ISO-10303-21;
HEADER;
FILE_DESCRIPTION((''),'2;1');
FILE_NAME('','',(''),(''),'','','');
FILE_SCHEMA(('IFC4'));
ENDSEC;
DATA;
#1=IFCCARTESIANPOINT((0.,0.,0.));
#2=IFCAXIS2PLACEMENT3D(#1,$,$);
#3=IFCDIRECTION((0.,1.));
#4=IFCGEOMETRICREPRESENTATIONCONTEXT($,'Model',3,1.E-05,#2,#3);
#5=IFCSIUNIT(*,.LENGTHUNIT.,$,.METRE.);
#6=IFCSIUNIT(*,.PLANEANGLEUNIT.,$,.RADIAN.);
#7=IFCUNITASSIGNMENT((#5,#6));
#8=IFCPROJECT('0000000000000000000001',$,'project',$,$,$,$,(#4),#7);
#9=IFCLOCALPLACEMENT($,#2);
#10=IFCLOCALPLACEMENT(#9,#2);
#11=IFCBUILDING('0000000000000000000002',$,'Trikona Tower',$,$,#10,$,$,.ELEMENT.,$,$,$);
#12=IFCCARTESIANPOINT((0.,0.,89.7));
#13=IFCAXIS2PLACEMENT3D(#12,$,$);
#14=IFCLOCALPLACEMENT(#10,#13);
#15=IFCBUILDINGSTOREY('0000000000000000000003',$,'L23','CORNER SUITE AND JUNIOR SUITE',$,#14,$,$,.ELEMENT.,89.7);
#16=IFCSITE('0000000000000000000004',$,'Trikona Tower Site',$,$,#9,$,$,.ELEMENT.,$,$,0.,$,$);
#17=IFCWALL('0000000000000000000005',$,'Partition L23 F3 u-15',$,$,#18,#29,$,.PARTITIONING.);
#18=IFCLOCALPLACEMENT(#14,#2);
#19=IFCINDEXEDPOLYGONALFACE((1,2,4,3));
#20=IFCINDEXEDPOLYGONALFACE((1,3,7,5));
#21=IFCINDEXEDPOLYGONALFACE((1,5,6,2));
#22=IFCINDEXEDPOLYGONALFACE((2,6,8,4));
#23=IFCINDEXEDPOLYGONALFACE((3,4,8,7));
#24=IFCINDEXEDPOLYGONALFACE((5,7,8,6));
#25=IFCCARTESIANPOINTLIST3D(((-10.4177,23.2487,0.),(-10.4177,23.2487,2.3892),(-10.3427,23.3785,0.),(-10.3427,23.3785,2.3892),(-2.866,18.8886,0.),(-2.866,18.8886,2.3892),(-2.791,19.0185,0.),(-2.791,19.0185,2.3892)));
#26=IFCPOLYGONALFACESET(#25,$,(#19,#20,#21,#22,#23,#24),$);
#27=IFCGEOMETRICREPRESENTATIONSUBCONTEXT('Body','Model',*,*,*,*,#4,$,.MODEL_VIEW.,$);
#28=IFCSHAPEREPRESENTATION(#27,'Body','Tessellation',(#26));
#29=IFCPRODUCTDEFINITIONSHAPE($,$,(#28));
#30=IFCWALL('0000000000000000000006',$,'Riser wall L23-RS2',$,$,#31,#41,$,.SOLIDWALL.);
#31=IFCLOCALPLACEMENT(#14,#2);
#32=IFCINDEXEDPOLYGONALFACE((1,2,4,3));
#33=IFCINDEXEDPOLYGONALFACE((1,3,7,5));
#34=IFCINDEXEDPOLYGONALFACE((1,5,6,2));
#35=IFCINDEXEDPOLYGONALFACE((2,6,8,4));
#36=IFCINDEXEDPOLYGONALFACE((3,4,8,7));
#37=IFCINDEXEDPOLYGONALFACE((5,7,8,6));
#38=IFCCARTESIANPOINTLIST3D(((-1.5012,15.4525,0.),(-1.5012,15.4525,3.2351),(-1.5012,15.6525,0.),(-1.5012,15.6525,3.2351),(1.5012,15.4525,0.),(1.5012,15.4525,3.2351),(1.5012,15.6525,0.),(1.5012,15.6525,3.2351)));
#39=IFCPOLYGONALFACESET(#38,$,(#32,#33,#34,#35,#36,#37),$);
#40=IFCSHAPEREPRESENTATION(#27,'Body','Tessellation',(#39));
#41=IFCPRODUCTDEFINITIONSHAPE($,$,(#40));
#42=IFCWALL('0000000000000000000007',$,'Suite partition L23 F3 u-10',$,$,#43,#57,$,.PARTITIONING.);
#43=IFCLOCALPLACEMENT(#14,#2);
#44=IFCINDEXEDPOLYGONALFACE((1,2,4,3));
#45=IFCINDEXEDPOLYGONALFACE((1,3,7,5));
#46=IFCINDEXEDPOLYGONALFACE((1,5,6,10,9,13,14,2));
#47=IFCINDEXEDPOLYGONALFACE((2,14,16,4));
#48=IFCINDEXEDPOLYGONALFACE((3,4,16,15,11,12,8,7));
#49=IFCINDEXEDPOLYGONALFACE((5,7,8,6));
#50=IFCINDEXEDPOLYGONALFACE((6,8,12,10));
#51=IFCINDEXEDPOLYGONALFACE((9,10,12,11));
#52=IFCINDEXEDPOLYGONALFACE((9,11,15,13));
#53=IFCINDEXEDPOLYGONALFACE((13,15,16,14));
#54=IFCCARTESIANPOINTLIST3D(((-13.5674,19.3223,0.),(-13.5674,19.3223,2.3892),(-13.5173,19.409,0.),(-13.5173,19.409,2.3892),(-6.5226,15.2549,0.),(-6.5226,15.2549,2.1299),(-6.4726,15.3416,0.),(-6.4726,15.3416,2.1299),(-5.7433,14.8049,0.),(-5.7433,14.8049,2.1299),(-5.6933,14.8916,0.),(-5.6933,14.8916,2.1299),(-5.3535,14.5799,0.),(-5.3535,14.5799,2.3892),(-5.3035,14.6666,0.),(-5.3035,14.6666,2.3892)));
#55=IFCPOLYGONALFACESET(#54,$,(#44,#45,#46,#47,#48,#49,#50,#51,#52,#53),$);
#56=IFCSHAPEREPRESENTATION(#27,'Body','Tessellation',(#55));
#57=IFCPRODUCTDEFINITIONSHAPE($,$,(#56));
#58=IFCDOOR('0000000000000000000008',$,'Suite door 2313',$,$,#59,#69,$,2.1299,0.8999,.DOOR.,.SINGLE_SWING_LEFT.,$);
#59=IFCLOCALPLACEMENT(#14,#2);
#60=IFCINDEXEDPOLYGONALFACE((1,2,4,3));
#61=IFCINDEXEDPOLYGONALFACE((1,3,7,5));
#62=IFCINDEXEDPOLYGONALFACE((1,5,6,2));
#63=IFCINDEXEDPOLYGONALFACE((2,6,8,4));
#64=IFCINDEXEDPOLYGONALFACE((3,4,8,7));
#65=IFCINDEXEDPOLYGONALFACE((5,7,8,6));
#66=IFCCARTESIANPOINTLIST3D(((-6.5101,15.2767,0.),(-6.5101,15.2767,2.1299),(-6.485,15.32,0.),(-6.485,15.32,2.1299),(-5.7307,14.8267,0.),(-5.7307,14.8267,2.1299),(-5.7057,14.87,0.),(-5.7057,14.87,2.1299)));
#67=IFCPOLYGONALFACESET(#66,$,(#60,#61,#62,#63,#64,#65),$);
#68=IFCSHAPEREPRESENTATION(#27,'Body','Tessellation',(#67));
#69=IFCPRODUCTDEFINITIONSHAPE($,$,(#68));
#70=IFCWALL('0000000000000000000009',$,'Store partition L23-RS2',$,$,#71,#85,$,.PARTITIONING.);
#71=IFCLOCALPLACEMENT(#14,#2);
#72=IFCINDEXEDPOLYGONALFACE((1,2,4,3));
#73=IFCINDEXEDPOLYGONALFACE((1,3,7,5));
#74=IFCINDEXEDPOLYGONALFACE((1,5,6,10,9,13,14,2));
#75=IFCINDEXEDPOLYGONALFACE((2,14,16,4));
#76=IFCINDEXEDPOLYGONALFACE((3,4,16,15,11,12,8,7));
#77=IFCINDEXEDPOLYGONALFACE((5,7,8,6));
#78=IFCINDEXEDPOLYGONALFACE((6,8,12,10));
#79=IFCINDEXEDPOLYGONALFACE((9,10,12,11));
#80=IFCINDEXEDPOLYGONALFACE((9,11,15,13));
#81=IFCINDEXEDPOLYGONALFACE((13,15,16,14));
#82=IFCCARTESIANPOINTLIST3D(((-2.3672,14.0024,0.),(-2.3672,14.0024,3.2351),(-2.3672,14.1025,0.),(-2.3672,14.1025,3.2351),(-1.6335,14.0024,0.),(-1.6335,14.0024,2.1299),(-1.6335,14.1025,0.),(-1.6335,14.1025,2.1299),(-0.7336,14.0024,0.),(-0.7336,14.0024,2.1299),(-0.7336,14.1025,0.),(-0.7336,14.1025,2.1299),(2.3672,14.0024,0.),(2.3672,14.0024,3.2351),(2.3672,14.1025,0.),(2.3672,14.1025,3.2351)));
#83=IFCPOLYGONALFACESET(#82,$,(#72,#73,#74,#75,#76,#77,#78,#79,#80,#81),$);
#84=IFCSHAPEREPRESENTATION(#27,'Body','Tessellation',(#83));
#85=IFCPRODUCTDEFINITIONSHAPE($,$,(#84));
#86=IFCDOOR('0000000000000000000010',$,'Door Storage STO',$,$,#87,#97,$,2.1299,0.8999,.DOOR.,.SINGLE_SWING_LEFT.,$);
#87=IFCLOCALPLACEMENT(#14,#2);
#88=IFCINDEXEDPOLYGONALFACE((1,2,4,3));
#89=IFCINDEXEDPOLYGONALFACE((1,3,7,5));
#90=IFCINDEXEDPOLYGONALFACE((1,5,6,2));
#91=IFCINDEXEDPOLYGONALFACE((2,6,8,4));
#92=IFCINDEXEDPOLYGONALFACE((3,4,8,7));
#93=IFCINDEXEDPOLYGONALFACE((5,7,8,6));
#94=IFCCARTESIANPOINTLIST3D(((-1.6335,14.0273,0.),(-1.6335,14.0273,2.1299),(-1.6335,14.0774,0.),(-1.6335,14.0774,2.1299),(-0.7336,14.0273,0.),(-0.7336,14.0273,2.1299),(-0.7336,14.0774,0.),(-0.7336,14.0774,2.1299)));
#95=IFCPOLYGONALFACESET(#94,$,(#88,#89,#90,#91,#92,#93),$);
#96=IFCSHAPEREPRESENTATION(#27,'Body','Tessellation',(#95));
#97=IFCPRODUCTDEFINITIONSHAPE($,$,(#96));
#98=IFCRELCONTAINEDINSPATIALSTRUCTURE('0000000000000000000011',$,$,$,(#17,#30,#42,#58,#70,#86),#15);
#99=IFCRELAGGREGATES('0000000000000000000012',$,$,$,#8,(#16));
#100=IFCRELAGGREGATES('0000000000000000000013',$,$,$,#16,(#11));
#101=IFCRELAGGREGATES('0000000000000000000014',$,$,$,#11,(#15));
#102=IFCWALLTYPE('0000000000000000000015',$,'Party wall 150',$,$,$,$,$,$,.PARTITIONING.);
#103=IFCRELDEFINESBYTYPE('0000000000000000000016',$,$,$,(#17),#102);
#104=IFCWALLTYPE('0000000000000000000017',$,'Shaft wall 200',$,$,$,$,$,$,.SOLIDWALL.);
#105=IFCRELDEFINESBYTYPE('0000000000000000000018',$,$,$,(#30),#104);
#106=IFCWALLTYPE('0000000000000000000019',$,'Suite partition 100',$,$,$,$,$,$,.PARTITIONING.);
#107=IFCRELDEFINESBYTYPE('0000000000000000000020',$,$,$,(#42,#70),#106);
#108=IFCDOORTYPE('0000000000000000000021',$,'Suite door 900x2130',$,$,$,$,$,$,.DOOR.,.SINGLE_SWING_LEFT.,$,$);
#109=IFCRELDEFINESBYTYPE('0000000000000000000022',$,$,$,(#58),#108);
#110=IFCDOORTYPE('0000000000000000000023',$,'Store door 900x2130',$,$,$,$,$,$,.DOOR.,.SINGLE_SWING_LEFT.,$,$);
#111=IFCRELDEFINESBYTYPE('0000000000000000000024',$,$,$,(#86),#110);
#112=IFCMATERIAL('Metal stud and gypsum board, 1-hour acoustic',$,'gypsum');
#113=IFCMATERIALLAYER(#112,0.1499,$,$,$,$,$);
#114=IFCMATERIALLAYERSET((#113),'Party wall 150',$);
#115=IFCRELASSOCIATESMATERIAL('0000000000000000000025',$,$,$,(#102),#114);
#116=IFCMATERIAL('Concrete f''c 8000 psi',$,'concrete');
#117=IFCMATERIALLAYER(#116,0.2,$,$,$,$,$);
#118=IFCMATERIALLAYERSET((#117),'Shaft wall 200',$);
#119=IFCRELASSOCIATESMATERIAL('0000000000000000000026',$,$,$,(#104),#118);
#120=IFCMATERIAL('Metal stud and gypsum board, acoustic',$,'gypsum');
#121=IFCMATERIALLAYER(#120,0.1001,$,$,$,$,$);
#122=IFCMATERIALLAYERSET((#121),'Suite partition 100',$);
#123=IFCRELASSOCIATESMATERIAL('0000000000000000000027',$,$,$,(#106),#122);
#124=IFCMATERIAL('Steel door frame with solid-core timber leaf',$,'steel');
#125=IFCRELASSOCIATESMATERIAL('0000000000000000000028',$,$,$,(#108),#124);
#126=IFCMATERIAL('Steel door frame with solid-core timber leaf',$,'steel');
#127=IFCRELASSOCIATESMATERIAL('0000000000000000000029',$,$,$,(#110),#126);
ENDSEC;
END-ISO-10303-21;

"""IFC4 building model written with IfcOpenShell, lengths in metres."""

from ifc_helpers import new_model, si_unit, direction, frame, frame_2d, origin, place, context, subcontext, project, spatial, rectangle, extrude, material, layer, layer_set, type_object, element, fill, save


model = new_model("IFC4")

# Units and contexts
model_context = context("Model", 3, precision=1e-05, world=origin(), true_north=direction((0.0, 1.0)))
body_context = subcontext(model_context, "Body", "Model", "MODEL_VIEW")
ifc_project = project(units=[si_unit("LENGTHUNIT", "METRE"), si_unit("PLANEANGLEUNIT", "RADIAN")], contexts=[model_context])

# Site, building, storey
site_placement = place(None, origin())
site = spatial("IfcSite", under=ifc_project, at=site_placement, Name="Trikona Tower Site", CompositionType="ELEMENT", RefElevation=0.0)
building_placement = place(site_placement, origin())
building = spatial("IfcBuilding", under=site, at=building_placement, Name="Trikona Tower", CompositionType="ELEMENT")
storey_placement = place(building_placement, frame((0.0, 0.0, 89.7)))
storey = spatial("IfcBuildingStorey", under=building, at=storey_placement, Name="L23", Description="CORNER SUITE AND JUNIOR SUITE", CompositionType="ELEMENT", Elevation=89.7)

# Walls
ifc_material_1 = material(Name="Metal stud and gypsum board, 1-hour acoustic", Category="gypsum")
ifc_layer_1 = layer(ifc_material_1, 0.1499)
ifc_layer_set_1 = layer_set([ifc_layer_1], Name="Party wall 150")
wall_type_1 = type_object("IfcWallType", Name="Party wall 150", PredefinedType="PARTITIONING", material=ifc_layer_set_1)
wall_1_placement = place(storey_placement, frame((-2.8286, 18.9536, 0.0), z_axis=(0.0, 0.0, 1.0), x_axis=(-0.866021, 0.500008, 0.0)))
element("IfcWall", 1, at=wall_1_placement, inside=storey, type_object=wall_type_1, Name="Partition L23 F3 u-15", PredefinedType="PARTITIONING", context=body_context, shape_type="SweptSolid", body=[
    extrude(rectangle(XDim=8.72, YDim=0.1499, at=frame_2d((4.3599, 0.0))), origin(), (0.0, 0.0, 1.0), 2.3892),
])
ifc_material_2 = material(Name="Concrete f'c 8000 psi", Category="concrete")
ifc_layer_2 = layer(ifc_material_2, 0.2)
ifc_layer_set_2 = layer_set([ifc_layer_2], Name="Shaft wall 200")
wall_type_2 = type_object("IfcWallType", Name="Shaft wall 200", PredefinedType="SOLIDWALL", material=ifc_layer_set_2)
wall_2_placement = place(storey_placement, frame((-1.5012, 15.5525, 0.0), z_axis=(0.0, 0.0, 1.0), x_axis=(1.0, 0.0, 0.0)))
element("IfcWall", 2, at=wall_2_placement, inside=storey, type_object=wall_type_2, Name="Riser wall L23-RS2", PredefinedType="SOLIDWALL", context=body_context, shape_type="SweptSolid", body=[
    extrude(rectangle(XDim=3.0024, YDim=0.2, at=frame_2d((1.5012, 0.0))), origin(), (0.0, 0.0, 1.0), 3.2351),
])

# Walls, openings, doors
ifc_material_3 = material(Name="Metal stud and gypsum board, acoustic", Category="gypsum")
ifc_layer_3 = layer(ifc_material_3, 0.1001)
ifc_layer_set_3 = layer_set([ifc_layer_3], Name="Suite partition 100")
wall_type_3 = type_object("IfcWallType", Name="Suite partition 100", PredefinedType="PARTITIONING", material=ifc_layer_set_3)
wall_3_placement = place(storey_placement, frame((-5.3286, 14.6233, 0.0), z_axis=(0.0, 0.0, 1.0), x_axis=(-0.866018, 0.500012, 0.0)))
wall_3 = element("IfcWall", 3, at=wall_3_placement, inside=storey, type_object=wall_type_3, Name="Suite partition L23 F3 u-10", PredefinedType="PARTITIONING", context=body_context, shape_type="SweptSolid", body=[
    extrude(rectangle(XDim=9.4846, YDim=0.1001, at=frame_2d((4.7422, 0.0))), origin(), (0.0, 0.0, 1.0), 2.3892),
])
opening_1_placement = place(wall_3_placement, frame((0.45, 0.0, 0.0)))
opening_1 = element("IfcOpeningElement", 4, at=opening_1_placement, cuts=wall_3, PredefinedType="OPENING", context=body_context, shape_type="SweptSolid", body=[
    extrude(rectangle(XDim=0.8999, YDim=2.1299, at=frame_2d((0.45, 1.0649))), frame((0.0, 0.0601, 0.0), z_axis=(0.0, -1.0, 0.0), x_axis=(1.0, 0.0, 0.0)), (0.0, 0.0, 1.0), 0.1201),
])
ifc_material_4 = material(Name="Steel door frame with solid-core timber leaf", Category="steel")
door_type_1 = type_object("IfcDoorType", Name="Suite door 900x2130", OperationType="SINGLE_SWING_LEFT", PredefinedType="DOOR", material=ifc_material_4)
door_1_placement = place(opening_1_placement, origin())
door_1 = element("IfcDoor", 5, at=door_1_placement, inside=storey, type_object=door_type_1, Name="Suite door 2313", OperationType="SINGLE_SWING_LEFT", OverallHeight=2.1299, OverallWidth=0.8999, PredefinedType="DOOR", context=body_context, shape_type="SweptSolid", body=[
    extrude(rectangle(XDim=0.8999, YDim=2.1299, at=frame_2d((0.45, 1.0649))), frame((0.0, 0.0249, 0.0), z_axis=(0.0, -1.0, 0.0), x_axis=(1.0, 0.0, 0.0)), (0.0, 0.0, 1.0), 0.05),
])
fill(opening_1, door_1)
wall_4_placement = place(storey_placement, frame((-2.3672, 14.0525, 0.0), z_axis=(0.0, 0.0, 1.0), x_axis=(1.0, 0.0, 0.0)))
wall_4 = element("IfcWall", 6, at=wall_4_placement, inside=storey, type_object=wall_type_3, Name="Store partition L23-RS2", PredefinedType="PARTITIONING", context=body_context, shape_type="SweptSolid", body=[
    extrude(rectangle(XDim=4.7344, YDim=0.1001, at=frame_2d((2.3672, 0.0))), origin(), (0.0, 0.0, 1.0), 3.2351),
])
opening_2_placement = place(wall_4_placement, frame((0.7336, 0.0, 0.0)))
opening_2 = element("IfcOpeningElement", 7, at=opening_2_placement, cuts=wall_4, PredefinedType="OPENING", context=body_context, shape_type="SweptSolid", body=[
    extrude(rectangle(XDim=0.8999, YDim=2.1299, at=frame_2d((0.45, 1.0649))), frame((0.0, 0.0601, 0.0), z_axis=(0.0, -1.0, 0.0), x_axis=(1.0, 0.0, 0.0)), (0.0, 0.0, 1.0), 0.1201),
])
ifc_material_5 = material(Name="Steel door frame with solid-core timber leaf", Category="steel")
door_type_2 = type_object("IfcDoorType", Name="Store door 900x2130", OperationType="SINGLE_SWING_LEFT", PredefinedType="DOOR", material=ifc_material_5)
door_2_placement = place(opening_2_placement, origin())
door_2 = element("IfcDoor", 8, at=door_2_placement, inside=storey, type_object=door_type_2, Name="Door Storage STO", OperationType="SINGLE_SWING_LEFT", OverallHeight=2.1299, OverallWidth=0.8999, PredefinedType="DOOR", context=body_context, shape_type="SweptSolid", body=[
    extrude(rectangle(XDim=0.8999, YDim=2.1299, at=frame_2d((0.45, 1.0649))), frame((0.0, 0.0249, 0.0), z_axis=(0.0, -1.0, 0.0), x_axis=(1.0, 0.0, 0.0)), (0.0, 0.0, 1.0), 0.05),
])
fill(opening_2, door_2)

save(model, "model.ifc")
